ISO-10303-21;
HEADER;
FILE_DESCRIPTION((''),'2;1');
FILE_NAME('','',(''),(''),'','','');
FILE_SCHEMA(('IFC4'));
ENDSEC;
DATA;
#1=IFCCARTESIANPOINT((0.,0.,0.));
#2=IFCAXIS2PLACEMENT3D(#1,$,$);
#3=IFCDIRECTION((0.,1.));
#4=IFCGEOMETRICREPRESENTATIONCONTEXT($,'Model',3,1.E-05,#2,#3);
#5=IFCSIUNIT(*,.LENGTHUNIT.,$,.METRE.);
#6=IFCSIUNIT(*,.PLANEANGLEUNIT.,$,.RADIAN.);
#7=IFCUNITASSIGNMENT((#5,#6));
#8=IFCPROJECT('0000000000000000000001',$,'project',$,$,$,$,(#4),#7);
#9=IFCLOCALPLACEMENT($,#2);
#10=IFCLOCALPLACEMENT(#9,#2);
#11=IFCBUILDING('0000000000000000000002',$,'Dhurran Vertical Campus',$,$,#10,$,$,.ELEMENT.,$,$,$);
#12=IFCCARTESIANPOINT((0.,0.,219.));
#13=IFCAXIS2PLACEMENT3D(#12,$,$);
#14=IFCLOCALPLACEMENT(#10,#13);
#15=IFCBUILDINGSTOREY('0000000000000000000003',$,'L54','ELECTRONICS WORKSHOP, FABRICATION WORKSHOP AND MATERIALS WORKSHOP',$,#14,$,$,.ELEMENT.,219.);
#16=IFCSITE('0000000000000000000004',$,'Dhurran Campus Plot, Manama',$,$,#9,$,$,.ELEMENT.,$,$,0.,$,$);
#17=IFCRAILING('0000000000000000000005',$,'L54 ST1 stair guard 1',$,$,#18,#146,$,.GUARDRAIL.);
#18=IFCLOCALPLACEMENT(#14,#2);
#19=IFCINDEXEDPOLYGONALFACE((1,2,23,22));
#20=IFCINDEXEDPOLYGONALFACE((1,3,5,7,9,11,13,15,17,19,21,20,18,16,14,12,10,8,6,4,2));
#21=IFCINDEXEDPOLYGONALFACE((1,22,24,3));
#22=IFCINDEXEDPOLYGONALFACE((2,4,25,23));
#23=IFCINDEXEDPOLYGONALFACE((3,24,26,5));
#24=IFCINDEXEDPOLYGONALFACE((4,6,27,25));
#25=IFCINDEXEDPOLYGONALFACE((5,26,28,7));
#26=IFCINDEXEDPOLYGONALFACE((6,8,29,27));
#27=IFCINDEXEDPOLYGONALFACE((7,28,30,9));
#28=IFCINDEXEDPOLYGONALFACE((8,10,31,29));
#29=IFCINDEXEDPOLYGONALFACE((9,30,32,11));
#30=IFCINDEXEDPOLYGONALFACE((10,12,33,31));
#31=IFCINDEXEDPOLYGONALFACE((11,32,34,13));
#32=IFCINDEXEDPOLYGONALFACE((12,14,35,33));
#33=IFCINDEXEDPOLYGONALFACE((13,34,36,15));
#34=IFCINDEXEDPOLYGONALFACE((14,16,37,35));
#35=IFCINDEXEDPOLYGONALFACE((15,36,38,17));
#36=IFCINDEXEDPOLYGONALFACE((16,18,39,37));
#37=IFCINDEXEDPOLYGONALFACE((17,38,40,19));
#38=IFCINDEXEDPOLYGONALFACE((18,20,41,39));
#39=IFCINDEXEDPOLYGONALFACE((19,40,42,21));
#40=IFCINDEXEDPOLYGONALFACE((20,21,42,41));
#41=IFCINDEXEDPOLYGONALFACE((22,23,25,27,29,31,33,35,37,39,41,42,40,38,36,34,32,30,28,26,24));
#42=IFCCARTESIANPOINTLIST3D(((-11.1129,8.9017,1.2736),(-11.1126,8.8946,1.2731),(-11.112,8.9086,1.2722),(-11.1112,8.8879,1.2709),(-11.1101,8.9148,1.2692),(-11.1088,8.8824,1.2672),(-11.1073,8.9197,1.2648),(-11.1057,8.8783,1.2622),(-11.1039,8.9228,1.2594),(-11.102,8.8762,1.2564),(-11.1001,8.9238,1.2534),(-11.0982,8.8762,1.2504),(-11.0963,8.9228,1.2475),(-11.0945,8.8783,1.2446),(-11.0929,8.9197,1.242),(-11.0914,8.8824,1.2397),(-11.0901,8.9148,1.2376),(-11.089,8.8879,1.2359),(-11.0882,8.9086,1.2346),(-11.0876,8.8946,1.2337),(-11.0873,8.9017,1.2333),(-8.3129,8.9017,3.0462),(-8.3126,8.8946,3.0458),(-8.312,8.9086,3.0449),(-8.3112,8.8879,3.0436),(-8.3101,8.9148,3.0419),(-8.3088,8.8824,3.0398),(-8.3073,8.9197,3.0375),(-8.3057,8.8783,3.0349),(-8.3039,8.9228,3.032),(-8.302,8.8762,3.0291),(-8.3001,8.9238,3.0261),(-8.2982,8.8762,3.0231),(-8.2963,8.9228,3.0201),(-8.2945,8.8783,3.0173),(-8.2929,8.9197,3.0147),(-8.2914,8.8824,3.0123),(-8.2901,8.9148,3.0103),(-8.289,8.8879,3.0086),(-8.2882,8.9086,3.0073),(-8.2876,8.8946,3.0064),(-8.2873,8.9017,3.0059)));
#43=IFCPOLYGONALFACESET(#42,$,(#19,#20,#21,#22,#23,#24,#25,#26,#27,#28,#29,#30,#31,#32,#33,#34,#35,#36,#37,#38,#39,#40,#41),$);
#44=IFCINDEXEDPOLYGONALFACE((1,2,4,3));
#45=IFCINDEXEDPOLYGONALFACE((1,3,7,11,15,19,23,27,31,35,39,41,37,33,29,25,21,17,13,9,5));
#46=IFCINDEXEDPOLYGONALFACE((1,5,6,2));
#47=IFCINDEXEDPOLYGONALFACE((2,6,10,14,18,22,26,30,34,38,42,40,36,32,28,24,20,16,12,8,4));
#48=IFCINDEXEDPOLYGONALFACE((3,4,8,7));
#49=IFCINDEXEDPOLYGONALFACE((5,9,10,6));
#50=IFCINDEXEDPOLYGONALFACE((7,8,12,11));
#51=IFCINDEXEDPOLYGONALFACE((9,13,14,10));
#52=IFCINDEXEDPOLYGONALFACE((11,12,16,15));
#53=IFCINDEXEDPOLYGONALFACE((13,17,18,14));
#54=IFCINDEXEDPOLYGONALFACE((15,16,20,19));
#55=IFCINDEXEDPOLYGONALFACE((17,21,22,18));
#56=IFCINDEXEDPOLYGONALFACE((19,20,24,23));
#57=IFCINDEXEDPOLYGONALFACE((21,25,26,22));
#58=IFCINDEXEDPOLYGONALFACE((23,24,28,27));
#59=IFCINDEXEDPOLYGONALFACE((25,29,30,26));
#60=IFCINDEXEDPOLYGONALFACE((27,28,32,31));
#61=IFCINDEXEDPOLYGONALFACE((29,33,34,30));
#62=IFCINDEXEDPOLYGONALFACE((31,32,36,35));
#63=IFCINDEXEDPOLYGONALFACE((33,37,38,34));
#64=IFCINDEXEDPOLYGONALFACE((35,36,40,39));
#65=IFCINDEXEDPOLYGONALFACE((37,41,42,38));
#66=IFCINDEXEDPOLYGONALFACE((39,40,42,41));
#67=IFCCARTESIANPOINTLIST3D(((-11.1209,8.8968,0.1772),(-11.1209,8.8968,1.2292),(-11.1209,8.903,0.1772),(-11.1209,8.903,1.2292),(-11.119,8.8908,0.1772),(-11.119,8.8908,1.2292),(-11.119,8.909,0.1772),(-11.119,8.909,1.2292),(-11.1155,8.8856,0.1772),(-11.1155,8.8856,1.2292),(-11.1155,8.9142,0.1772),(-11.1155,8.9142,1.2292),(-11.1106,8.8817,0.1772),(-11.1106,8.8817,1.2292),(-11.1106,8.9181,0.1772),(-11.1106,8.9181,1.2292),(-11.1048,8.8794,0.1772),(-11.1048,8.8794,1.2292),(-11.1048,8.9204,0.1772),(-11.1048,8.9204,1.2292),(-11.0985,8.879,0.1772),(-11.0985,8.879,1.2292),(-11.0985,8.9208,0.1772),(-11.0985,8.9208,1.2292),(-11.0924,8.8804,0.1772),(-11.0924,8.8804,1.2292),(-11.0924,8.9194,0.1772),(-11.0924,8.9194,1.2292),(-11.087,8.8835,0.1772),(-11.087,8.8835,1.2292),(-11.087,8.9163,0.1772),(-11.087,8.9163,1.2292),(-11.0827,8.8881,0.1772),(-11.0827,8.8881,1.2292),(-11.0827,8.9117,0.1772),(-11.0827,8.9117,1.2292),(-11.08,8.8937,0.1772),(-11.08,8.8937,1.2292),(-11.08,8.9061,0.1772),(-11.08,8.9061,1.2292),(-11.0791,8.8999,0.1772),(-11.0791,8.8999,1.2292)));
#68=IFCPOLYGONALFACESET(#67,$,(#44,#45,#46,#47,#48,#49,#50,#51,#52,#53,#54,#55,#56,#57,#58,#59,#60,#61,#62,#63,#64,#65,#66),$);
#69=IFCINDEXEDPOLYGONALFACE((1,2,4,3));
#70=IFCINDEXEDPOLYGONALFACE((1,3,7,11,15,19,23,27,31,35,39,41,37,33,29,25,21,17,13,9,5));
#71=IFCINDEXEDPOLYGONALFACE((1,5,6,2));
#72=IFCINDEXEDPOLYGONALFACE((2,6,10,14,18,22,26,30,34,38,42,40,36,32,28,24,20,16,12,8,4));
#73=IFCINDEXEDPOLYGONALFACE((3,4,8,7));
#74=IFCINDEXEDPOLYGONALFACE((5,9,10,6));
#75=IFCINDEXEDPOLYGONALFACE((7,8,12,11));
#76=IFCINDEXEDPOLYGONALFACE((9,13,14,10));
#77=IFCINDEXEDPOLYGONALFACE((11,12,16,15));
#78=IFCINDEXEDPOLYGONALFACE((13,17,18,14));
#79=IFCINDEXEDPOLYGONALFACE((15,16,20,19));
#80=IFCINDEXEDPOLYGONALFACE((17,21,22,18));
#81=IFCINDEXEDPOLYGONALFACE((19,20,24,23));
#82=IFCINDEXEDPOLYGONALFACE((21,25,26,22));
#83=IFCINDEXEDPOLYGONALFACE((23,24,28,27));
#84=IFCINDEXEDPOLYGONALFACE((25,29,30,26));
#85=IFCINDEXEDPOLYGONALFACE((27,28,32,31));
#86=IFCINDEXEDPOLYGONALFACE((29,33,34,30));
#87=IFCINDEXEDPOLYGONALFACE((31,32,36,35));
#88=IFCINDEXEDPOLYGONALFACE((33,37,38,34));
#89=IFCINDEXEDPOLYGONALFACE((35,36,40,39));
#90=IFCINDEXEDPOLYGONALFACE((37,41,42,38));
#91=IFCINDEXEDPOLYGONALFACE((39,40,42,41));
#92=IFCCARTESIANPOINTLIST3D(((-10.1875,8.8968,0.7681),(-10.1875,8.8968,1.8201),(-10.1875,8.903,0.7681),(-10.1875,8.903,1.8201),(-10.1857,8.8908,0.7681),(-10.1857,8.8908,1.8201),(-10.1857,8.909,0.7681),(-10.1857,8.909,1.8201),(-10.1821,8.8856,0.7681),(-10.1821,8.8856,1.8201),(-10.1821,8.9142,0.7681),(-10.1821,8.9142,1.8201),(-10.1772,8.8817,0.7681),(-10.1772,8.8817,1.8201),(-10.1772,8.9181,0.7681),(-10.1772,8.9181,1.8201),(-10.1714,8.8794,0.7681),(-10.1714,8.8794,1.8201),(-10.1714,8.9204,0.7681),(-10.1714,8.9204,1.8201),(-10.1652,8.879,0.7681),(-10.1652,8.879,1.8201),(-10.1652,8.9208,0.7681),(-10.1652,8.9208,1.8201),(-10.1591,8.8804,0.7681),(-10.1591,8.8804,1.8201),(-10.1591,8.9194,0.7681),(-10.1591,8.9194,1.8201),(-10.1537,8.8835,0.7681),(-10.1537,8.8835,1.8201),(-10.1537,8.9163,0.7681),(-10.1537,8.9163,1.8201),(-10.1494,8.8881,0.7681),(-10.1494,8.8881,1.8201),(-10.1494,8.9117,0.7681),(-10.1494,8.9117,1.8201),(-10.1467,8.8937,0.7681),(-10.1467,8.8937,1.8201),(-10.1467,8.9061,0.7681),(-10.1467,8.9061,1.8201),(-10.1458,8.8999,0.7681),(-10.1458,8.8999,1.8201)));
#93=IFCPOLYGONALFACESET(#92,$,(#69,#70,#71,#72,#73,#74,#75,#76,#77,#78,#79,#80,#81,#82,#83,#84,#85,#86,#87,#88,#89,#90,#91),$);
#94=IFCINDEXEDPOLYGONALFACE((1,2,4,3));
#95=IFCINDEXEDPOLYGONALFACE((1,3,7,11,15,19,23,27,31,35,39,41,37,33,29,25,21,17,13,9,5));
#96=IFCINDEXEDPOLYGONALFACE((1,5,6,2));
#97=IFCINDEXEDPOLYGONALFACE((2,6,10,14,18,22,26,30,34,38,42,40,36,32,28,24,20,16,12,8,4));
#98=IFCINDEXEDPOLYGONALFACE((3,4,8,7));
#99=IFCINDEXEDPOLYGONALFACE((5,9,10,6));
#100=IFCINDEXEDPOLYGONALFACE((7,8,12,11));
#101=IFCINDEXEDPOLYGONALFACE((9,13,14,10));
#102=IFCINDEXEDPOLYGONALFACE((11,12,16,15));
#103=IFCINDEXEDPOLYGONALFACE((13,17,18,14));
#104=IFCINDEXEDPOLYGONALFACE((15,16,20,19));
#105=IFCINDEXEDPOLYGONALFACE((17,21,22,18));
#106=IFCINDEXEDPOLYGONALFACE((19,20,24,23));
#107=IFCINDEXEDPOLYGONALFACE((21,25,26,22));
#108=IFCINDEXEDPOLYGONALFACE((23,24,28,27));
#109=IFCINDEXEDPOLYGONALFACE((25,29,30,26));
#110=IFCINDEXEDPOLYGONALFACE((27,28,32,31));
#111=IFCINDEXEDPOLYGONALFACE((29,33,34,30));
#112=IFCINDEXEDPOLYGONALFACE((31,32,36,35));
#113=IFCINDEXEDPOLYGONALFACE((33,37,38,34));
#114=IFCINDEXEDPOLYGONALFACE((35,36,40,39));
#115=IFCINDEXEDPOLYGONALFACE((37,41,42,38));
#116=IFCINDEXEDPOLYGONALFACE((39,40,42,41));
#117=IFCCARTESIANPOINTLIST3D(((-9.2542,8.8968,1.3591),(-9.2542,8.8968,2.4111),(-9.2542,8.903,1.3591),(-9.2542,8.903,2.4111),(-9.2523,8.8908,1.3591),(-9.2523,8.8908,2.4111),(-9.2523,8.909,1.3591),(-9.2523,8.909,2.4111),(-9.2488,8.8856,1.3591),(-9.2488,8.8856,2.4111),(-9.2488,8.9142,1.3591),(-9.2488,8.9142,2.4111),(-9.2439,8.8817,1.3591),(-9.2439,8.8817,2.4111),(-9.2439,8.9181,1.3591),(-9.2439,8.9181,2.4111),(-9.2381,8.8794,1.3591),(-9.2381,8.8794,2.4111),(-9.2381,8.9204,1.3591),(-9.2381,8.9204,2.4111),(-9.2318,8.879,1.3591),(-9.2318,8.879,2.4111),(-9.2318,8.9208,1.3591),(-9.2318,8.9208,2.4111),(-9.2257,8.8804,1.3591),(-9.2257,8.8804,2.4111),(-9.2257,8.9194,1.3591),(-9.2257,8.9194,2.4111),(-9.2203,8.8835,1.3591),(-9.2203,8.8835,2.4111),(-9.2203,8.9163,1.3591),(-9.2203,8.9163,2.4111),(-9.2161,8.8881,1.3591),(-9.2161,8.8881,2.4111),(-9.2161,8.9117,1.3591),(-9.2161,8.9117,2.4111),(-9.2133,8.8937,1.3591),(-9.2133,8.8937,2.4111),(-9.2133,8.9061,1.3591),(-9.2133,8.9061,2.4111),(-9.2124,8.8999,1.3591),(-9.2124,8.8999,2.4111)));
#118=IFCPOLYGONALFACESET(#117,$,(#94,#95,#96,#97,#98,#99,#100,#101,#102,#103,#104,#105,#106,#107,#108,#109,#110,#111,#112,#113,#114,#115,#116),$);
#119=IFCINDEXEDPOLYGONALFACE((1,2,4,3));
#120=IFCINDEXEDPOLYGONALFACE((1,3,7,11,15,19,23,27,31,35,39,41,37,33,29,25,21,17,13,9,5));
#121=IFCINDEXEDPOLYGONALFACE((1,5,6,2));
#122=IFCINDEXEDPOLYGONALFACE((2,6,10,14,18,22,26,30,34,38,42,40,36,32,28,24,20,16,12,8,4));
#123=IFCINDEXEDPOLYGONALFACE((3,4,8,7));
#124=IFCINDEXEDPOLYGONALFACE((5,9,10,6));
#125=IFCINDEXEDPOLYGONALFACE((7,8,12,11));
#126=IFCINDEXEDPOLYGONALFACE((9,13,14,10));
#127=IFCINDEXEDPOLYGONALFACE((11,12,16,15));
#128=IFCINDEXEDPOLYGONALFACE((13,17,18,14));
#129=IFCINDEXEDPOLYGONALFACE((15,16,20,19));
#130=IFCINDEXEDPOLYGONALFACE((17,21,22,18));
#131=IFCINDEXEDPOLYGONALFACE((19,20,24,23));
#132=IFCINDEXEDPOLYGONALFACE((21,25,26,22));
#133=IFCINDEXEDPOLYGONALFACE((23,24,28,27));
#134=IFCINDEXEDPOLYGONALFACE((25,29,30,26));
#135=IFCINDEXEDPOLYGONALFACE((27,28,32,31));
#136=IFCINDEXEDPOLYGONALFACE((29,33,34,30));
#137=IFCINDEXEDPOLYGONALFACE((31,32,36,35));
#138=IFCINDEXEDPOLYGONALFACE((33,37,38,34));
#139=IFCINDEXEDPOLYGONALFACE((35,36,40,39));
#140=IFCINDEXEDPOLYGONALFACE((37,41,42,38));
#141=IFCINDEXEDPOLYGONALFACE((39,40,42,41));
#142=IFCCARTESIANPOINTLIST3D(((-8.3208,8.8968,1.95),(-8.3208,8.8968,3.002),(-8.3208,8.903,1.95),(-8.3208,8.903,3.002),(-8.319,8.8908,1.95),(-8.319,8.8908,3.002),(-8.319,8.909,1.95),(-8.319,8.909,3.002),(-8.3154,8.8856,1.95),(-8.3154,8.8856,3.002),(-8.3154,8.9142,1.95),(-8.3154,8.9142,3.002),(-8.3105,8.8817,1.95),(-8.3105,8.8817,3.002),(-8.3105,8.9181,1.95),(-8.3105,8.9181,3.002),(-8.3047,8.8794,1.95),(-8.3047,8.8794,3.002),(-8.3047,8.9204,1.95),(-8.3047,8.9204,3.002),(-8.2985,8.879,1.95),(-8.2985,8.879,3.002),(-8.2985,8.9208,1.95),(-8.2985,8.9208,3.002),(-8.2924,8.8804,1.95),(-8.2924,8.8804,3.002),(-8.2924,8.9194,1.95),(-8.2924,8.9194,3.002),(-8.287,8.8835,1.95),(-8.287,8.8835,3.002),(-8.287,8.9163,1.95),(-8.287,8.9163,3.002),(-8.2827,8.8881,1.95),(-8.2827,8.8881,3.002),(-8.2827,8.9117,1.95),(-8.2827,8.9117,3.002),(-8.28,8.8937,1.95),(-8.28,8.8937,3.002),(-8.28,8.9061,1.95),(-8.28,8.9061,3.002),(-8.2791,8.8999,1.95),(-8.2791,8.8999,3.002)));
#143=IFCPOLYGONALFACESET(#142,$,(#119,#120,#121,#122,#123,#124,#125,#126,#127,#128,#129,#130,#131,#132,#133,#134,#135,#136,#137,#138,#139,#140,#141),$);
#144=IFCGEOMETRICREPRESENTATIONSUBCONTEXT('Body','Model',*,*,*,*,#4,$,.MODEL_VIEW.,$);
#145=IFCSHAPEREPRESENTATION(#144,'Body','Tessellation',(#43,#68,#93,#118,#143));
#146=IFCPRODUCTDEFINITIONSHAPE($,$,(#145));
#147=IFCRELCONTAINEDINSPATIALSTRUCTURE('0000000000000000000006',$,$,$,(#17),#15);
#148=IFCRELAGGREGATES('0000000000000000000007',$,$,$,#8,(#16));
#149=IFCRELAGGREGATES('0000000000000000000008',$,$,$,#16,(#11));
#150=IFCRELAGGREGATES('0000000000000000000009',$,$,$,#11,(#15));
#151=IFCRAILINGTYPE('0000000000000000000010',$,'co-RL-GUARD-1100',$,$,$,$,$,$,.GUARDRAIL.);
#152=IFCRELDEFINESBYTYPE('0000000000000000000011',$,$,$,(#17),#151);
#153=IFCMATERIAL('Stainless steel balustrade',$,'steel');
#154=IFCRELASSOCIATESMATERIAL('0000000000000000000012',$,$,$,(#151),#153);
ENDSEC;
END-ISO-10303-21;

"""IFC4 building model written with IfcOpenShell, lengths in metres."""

from ifc_helpers import new_model, si_unit, direction, frame, origin, origin_2d, place, context, subcontext, project, spatial, circle, extrude, material, type_object, element, save


model = new_model("IFC4")

# Units and contexts
model_context = context("Model", 3, precision=1e-05, world=origin(), true_north=direction((0.0, 1.0)))
body_context = subcontext(model_context, "Body", "Model", "MODEL_VIEW")
ifc_project = project(units=[si_unit("LENGTHUNIT", "METRE"), si_unit("PLANEANGLEUNIT", "RADIAN")], contexts=[model_context])

# Site, building, storey
site_placement = place(None, origin())
site = spatial("IfcSite", under=ifc_project, at=site_placement, Name="Dhurran Campus Plot, Manama", CompositionType="ELEMENT", RefElevation=0.0)
building_placement = place(site_placement, origin())
building = spatial("IfcBuilding", under=site, at=building_placement, Name="Dhurran Vertical Campus", CompositionType="ELEMENT")
storey_placement = place(building_placement, frame((0.0, 0.0, 219.0)))
storey = spatial("IfcBuildingStorey", under=building, at=storey_placement, Name="L54", Description="ELECTRONICS WORKSHOP, FABRICATION WORKSHOP AND MATERIALS WORKSHOP", CompositionType="ELEMENT", Elevation=219.0)

# Railing
ifc_material_1 = material(Name="Stainless steel balustrade", Category="steel")
railing_type_1 = type_object("IfcRailingType", Name="co-RL-GUARD-1100", PredefinedType="GUARDRAIL", material=ifc_material_1)
railing_1_placement = place(storey_placement, frame((-11.1001, 8.8999, 0.1772)))
element("IfcRailing", 1, at=railing_1_placement, inside=storey, type_object=railing_type_1, Name="L54 ST1 stair guard 1", PredefinedType="GUARDRAIL", context=body_context, shape_type="SweptSolid", body=[
    extrude(circle(Radius=0.0239, at=origin_2d()), frame((0.0, 0.0, 1.0762), z_axis=(0.844909, 0.0, 0.53491), x_axis=(0.0, 1.0, 0.0)), (0.0, 0.0, 1.0), 3.314),
    extrude(circle(Radius=0.021, at=origin_2d()), origin(), (0.0, 0.0, 1.0), 1.052),
    extrude(circle(Radius=0.021, at=origin_2d()), frame((0.9333, 0.0, 0.5908)), (0.0, 0.0, 1.0), 1.052),
    extrude(circle(Radius=0.021, at=origin_2d()), frame((1.8667, 0.0, 1.1819)), (0.0, 0.0, 1.0), 1.052),
    extrude(circle(Radius=0.021, at=origin_2d()), frame((2.8, 0.0, 1.7727)), (0.0, 0.0, 1.0), 1.052),
])

save(model, "model.ifc")
